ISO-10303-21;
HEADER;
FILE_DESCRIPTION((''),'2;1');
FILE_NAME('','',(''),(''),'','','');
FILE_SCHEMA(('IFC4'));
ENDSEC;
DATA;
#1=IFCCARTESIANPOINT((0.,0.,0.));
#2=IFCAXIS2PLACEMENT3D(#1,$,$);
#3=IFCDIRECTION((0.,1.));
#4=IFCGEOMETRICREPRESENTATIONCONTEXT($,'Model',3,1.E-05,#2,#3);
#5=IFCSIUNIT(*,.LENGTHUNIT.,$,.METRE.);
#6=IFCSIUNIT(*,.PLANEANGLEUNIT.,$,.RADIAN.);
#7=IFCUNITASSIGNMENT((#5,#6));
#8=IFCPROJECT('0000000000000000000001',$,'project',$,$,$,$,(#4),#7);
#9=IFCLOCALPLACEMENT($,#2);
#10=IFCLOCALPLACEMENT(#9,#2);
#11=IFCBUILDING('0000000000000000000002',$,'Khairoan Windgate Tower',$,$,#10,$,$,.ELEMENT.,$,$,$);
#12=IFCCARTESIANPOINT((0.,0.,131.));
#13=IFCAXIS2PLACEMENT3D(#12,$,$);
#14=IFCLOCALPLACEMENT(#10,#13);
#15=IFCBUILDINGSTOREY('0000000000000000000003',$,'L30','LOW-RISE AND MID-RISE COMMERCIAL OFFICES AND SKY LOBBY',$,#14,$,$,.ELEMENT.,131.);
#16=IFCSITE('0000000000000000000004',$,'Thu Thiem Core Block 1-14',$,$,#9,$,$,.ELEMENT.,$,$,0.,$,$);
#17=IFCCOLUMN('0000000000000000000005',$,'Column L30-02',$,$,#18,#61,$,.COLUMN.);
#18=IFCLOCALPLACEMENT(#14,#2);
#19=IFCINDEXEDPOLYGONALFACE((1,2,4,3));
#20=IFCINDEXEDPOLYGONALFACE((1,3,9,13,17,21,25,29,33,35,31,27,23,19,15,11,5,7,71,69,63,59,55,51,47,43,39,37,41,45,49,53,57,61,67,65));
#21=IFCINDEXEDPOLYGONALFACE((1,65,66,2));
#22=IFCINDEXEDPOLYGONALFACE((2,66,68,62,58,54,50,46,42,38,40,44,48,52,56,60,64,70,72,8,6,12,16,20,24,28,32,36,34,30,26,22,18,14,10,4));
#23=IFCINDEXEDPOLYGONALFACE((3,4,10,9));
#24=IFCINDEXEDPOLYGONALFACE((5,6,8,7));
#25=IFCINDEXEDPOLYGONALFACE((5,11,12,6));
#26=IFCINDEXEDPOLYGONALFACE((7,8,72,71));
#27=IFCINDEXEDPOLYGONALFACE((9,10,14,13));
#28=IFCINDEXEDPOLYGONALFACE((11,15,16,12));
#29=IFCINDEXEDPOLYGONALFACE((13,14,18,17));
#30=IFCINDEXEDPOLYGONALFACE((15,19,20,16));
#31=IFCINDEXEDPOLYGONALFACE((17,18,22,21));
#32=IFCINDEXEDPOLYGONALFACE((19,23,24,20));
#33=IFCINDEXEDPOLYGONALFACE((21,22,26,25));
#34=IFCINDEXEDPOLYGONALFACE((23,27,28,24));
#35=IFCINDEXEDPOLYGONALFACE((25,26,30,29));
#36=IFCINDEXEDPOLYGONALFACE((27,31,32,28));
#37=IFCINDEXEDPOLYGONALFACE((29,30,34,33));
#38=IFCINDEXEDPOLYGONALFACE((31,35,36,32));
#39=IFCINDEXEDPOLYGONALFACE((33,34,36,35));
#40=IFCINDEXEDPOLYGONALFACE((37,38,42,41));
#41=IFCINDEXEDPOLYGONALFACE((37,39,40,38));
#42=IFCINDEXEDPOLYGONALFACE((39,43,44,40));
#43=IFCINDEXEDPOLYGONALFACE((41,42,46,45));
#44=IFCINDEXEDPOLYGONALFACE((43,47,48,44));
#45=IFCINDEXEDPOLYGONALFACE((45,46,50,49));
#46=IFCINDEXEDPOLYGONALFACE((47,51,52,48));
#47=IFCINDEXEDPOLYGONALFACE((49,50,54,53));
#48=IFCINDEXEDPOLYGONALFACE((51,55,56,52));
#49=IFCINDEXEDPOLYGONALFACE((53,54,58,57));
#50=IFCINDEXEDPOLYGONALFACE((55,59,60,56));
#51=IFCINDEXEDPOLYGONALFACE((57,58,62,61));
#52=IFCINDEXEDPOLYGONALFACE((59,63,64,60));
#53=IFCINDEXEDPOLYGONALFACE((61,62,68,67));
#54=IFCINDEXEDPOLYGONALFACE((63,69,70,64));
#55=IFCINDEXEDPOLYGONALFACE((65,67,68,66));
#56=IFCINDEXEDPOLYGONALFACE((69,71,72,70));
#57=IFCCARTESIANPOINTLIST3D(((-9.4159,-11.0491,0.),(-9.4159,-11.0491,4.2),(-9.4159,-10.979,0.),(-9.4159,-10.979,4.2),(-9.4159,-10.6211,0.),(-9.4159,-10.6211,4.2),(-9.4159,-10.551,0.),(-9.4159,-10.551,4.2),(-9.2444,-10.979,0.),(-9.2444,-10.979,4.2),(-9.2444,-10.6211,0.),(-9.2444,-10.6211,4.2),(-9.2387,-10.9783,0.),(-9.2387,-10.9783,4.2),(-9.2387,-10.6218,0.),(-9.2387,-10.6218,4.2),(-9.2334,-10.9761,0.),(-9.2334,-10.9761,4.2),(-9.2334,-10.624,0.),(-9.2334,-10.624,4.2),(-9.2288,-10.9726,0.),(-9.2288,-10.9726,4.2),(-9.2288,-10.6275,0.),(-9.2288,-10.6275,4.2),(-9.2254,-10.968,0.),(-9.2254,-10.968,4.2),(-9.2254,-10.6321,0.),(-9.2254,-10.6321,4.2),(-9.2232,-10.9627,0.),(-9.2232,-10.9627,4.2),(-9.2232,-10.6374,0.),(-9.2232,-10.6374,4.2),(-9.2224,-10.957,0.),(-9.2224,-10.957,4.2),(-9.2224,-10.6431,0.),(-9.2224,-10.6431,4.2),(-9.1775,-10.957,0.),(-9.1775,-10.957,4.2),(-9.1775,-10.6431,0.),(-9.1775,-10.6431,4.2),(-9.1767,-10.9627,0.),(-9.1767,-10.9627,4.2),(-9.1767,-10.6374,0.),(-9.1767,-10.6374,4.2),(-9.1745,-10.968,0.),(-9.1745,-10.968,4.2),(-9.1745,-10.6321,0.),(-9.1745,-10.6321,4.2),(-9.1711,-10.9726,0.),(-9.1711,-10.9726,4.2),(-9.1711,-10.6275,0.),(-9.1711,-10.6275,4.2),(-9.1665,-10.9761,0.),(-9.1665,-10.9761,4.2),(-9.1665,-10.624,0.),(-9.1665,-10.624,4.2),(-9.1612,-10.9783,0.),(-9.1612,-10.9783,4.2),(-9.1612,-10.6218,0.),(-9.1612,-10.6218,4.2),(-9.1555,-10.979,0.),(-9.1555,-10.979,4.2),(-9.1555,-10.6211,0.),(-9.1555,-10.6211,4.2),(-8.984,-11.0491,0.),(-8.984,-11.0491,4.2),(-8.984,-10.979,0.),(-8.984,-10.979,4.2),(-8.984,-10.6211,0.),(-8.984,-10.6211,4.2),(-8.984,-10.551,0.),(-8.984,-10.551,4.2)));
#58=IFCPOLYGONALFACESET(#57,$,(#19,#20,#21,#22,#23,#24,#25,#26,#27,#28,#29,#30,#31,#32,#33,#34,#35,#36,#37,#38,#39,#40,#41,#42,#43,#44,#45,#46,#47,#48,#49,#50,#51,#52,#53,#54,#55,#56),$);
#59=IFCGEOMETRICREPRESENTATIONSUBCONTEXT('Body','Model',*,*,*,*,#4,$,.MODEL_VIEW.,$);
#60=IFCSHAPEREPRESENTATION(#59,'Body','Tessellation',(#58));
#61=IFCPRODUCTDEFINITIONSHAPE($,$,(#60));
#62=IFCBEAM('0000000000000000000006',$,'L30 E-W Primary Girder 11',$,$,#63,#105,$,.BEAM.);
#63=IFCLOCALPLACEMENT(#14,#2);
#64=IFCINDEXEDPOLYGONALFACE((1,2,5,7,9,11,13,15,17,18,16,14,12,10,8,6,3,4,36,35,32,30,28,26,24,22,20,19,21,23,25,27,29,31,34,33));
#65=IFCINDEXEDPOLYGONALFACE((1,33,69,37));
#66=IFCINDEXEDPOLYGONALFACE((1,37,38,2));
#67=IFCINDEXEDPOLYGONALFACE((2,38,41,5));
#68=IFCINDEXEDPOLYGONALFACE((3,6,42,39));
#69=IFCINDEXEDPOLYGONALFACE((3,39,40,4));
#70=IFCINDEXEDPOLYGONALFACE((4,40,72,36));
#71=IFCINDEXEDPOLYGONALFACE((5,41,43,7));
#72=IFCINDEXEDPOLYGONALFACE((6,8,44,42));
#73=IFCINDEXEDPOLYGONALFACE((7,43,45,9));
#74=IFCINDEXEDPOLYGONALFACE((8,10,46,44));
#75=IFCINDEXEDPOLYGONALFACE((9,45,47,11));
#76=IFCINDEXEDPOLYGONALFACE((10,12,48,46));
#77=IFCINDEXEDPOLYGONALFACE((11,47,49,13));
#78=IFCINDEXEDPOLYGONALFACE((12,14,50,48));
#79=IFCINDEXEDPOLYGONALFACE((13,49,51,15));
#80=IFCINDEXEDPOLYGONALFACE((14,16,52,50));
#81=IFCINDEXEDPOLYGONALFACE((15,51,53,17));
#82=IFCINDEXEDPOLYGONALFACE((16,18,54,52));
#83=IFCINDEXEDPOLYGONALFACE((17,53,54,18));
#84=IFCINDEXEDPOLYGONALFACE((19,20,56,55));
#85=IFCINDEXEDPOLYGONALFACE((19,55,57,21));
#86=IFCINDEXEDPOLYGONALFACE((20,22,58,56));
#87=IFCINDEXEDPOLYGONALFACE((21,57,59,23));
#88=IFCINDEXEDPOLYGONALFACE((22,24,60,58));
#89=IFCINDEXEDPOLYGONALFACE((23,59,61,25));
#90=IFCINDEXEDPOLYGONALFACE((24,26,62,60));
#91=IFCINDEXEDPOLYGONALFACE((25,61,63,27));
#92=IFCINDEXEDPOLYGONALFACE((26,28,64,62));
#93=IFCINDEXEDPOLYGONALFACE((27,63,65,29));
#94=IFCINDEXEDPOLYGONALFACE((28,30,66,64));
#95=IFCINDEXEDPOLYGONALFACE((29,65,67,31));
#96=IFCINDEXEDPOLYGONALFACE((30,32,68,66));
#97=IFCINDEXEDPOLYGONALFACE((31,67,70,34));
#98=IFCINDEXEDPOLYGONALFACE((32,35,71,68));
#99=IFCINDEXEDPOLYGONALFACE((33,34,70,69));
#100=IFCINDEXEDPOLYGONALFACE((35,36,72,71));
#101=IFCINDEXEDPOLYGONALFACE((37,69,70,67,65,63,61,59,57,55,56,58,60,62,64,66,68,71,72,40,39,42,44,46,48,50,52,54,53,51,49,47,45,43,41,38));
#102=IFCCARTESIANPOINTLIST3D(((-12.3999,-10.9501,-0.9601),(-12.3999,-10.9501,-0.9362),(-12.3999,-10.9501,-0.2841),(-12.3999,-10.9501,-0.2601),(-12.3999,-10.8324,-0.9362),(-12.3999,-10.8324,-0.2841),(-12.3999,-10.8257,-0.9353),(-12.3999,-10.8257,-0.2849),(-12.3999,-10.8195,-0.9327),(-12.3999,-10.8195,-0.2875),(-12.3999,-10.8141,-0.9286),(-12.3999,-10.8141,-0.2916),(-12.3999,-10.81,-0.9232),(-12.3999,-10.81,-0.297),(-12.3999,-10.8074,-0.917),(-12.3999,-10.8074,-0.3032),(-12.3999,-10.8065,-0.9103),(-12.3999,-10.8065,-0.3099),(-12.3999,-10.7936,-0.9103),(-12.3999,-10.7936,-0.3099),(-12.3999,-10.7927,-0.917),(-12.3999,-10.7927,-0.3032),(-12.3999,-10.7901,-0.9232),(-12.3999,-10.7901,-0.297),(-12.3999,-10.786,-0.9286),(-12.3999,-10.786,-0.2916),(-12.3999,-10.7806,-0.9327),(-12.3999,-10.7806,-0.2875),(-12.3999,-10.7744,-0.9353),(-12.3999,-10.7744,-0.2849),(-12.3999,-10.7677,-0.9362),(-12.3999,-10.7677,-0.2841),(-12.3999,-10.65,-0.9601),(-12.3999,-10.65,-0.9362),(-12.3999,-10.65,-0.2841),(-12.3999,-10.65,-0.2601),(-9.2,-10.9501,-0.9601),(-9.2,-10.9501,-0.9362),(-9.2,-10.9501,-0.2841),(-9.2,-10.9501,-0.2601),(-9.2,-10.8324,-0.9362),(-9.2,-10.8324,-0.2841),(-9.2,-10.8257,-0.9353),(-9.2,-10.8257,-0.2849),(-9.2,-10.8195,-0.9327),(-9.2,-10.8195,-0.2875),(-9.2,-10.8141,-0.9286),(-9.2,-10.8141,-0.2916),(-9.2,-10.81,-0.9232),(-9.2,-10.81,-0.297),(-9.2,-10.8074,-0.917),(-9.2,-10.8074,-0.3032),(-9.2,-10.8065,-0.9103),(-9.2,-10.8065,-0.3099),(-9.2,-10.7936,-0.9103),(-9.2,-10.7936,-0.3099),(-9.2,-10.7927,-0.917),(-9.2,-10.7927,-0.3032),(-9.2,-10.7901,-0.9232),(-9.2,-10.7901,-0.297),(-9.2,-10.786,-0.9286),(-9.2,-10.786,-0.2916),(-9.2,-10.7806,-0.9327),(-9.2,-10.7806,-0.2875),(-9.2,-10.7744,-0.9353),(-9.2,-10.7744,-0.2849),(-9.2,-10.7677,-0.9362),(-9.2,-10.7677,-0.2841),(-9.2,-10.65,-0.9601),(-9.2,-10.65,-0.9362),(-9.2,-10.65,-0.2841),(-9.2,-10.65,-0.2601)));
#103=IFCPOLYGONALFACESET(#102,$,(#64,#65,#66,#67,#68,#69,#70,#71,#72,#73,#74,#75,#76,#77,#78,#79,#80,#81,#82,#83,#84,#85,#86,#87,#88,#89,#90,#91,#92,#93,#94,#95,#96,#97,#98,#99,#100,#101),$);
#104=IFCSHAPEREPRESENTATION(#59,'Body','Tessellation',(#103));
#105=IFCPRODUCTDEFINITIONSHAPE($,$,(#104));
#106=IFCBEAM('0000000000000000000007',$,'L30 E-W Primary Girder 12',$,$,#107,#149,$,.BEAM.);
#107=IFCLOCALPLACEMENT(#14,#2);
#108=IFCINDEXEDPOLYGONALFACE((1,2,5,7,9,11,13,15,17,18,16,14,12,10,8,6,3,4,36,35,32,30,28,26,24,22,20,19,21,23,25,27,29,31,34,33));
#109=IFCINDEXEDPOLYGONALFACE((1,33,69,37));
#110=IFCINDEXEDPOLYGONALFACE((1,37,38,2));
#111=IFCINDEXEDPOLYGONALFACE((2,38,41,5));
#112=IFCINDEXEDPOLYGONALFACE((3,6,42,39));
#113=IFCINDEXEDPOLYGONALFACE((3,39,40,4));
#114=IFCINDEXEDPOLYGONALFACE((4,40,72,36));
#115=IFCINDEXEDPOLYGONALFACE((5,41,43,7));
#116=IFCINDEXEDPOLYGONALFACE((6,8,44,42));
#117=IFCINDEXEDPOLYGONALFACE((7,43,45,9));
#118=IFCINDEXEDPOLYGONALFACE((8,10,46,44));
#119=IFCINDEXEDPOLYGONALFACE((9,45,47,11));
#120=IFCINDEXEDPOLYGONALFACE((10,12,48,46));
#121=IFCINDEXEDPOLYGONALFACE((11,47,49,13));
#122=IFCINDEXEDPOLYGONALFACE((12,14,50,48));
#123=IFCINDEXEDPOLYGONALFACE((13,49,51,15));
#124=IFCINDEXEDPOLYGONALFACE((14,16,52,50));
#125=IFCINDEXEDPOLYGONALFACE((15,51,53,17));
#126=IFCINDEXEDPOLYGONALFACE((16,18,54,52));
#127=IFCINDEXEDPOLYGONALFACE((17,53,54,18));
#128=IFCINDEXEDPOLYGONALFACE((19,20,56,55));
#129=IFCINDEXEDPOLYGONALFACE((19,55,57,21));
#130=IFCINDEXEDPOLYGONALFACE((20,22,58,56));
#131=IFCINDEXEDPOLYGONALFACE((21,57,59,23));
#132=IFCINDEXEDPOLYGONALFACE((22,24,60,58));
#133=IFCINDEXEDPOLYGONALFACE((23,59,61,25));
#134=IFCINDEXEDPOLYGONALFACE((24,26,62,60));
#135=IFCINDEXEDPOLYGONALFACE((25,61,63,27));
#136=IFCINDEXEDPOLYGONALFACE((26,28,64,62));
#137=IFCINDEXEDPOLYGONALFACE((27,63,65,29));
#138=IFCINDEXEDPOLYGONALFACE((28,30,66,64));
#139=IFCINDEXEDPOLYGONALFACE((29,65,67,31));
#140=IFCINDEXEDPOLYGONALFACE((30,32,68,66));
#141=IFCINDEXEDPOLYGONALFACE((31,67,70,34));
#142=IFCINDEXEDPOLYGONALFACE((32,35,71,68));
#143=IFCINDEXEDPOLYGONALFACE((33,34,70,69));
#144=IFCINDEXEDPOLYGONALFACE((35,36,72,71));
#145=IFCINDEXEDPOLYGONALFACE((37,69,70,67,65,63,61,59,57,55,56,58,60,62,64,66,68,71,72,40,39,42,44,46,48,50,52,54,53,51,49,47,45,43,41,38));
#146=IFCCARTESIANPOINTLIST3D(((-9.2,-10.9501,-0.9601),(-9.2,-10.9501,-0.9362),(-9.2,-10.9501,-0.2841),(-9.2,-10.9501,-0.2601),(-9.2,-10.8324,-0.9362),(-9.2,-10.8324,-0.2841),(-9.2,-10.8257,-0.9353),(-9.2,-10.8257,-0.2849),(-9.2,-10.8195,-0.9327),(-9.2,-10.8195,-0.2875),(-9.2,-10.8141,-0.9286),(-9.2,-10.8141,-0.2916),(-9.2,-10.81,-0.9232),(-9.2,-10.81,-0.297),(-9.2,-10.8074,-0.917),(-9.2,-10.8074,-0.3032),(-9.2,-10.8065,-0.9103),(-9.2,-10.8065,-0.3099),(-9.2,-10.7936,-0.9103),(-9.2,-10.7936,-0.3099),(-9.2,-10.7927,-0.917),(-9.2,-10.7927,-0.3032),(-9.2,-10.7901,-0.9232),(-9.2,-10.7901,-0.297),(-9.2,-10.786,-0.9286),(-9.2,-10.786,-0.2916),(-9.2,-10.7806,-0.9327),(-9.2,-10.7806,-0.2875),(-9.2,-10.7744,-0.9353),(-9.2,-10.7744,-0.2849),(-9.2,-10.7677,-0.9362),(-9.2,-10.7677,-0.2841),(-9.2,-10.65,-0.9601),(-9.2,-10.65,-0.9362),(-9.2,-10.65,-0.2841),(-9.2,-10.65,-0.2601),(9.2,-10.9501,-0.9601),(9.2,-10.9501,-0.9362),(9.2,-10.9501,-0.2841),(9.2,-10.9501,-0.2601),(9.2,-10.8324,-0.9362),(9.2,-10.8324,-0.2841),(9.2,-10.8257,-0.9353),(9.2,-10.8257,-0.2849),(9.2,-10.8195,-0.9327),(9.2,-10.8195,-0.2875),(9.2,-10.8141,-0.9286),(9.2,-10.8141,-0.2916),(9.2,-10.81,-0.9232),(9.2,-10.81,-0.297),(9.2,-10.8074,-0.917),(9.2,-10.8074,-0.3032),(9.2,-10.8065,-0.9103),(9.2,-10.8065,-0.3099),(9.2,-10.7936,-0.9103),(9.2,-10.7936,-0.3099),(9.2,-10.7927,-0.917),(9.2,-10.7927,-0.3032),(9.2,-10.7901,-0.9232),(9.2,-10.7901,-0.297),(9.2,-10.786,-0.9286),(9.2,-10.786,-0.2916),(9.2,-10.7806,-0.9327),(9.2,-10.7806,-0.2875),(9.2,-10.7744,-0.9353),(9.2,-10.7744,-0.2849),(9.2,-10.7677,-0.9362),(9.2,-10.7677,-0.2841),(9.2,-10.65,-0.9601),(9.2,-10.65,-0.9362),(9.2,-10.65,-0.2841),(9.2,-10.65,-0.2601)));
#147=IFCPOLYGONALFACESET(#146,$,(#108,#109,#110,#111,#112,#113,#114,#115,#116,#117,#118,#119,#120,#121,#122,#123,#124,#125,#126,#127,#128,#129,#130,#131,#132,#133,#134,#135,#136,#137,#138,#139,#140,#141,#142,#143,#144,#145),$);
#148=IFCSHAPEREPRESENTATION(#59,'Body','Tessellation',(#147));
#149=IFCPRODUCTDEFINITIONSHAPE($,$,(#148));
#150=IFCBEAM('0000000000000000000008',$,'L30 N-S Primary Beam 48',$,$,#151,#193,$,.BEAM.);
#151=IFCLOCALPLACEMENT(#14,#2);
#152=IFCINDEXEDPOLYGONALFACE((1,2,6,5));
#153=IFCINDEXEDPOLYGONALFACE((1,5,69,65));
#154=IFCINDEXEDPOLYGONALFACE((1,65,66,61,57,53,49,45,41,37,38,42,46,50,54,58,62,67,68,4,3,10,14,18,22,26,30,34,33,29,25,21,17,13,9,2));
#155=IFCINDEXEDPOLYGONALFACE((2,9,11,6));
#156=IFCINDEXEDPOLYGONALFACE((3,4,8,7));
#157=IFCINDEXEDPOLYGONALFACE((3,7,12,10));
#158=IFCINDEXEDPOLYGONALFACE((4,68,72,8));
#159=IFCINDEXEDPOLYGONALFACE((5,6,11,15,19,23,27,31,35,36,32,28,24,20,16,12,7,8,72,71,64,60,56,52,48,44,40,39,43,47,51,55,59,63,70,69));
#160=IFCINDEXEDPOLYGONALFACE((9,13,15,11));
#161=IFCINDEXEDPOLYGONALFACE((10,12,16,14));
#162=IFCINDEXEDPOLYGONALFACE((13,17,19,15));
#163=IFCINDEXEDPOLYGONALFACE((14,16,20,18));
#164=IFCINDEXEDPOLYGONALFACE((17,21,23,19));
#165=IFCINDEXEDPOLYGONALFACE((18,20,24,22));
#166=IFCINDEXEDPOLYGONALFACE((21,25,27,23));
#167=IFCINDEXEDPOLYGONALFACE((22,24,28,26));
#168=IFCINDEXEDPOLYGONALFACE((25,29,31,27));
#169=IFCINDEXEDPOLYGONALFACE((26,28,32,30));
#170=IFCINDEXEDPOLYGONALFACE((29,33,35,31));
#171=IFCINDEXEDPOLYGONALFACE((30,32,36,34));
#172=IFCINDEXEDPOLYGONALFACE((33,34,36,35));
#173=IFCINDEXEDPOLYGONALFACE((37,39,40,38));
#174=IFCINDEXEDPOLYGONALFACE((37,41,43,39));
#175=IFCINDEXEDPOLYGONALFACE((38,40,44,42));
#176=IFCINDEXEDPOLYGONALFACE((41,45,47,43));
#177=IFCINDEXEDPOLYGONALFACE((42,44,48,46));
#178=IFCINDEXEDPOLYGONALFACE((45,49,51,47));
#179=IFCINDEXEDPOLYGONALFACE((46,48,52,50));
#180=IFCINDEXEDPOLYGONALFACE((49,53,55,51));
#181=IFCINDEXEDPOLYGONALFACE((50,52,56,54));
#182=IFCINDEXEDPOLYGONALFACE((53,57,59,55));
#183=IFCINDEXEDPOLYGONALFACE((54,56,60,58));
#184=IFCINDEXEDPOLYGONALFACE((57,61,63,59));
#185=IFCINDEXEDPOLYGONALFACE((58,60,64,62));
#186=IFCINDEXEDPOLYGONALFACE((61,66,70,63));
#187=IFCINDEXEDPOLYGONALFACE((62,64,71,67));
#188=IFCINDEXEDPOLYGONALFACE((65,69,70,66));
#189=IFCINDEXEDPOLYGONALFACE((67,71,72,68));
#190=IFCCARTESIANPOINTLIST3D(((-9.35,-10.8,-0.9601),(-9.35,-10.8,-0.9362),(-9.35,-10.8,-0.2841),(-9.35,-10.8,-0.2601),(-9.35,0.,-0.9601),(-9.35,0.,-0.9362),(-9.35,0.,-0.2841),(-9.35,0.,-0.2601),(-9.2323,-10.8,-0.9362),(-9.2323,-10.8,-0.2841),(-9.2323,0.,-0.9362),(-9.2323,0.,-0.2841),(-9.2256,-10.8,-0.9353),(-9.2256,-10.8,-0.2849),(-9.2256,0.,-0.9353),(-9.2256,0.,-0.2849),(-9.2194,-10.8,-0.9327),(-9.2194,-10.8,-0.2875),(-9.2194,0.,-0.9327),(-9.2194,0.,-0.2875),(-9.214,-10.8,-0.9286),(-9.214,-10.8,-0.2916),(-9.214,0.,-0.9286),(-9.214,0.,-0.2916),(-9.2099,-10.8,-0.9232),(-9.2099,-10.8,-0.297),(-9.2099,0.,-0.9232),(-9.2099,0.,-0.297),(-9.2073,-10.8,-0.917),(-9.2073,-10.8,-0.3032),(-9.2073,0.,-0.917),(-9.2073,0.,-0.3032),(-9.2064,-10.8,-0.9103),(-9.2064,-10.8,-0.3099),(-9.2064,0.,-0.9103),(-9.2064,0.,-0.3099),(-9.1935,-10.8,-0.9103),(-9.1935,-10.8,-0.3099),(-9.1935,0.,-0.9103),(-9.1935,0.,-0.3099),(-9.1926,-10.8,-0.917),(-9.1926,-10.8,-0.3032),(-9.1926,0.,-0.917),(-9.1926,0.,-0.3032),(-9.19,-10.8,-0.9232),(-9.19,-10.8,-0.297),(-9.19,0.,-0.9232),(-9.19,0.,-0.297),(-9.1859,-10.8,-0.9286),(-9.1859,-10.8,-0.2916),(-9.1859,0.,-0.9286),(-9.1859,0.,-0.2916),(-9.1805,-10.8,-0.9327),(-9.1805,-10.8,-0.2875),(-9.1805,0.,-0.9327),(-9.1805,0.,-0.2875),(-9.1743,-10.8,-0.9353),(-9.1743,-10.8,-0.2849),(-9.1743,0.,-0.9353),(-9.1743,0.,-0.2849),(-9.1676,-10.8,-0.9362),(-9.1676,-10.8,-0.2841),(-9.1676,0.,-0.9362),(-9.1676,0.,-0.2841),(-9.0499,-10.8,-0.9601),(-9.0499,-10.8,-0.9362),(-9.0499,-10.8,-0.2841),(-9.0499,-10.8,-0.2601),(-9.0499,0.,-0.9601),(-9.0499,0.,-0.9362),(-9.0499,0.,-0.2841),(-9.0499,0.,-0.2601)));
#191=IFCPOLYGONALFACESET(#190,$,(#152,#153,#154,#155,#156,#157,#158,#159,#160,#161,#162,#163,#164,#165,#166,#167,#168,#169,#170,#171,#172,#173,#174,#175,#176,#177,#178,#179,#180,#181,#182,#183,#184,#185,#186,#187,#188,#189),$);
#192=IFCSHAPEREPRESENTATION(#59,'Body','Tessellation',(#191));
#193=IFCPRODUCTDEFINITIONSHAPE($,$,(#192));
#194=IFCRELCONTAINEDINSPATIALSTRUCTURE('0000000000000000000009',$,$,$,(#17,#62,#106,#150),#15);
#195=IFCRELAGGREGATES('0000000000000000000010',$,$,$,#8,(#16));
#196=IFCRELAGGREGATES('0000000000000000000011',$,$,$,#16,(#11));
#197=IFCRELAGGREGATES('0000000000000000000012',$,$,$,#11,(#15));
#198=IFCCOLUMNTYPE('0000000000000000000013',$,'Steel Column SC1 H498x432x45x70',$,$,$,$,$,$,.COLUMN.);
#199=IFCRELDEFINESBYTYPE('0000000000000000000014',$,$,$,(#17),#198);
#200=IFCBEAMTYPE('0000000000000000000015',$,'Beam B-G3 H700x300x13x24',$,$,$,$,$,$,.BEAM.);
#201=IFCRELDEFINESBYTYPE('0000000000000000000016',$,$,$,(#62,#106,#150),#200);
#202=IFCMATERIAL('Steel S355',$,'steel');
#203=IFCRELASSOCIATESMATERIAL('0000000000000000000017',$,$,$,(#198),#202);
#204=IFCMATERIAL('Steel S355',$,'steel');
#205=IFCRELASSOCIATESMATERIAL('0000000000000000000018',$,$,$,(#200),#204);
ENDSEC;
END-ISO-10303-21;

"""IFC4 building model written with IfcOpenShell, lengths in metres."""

from ifc_helpers import new_model, si_unit, direction, frame, origin, origin_2d, place, context, subcontext, project, spatial, i_section, extrude, material, material_profile, profile_set, type_object, element, save


model = new_model("IFC4")

# Units and contexts
model_context = context("Model", 3, precision=1e-05, world=origin(), true_north=direction((0.0, 1.0)))
body_context = subcontext(model_context, "Body", "Model", "MODEL_VIEW")
ifc_project = project(units=[si_unit("LENGTHUNIT", "METRE"), si_unit("PLANEANGLEUNIT", "RADIAN")], contexts=[model_context])

# Site, building, storey
site_placement = place(None, origin())
site = spatial("IfcSite", under=ifc_project, at=site_placement, Name="Thu Thiem Core Block 1-14", CompositionType="ELEMENT", RefElevation=0.0)
building_placement = place(site_placement, origin())
building = spatial("IfcBuilding", under=site, at=building_placement, Name="Khairoan Windgate Tower", CompositionType="ELEMENT")
storey_placement = place(building_placement, frame((0.0, 0.0, 131.0)))
storey = spatial("IfcBuildingStorey", under=building, at=storey_placement, Name="L30", Description="LOW-RISE AND MID-RISE COMMERCIAL OFFICES AND SKY LOBBY", CompositionType="ELEMENT", Elevation=131.0)

# Column
ifc_material_1 = material(Name="Steel S355", Category="steel")
ifc_material_profile_1 = material_profile(ifc_material_1, i_section(OverallWidth=0.4319, OverallDepth=0.498, WebThickness=0.0449, FlangeThickness=0.0701, FilletRadius=0.022, at=origin_2d()))
ifc_profile_set_1 = profile_set([ifc_material_profile_1], Name="Steel S355")
column_type = type_object("IfcColumnType", Name="Steel Column SC1 H498x432x45x70", PredefinedType="COLUMN", material=ifc_profile_set_1)
column_placement = place(storey_placement, frame((-9.2, -10.8, 0.0), z_axis=(0.0, 0.0, 1.0), x_axis=(1.0, 0.0, 0.0)))
element("IfcColumn", 1, at=column_placement, inside=storey, type_object=column_type, Name="Column L30-02", PredefinedType="COLUMN", context=body_context, shape_type="SweptSolid", body=[
    extrude(i_section(OverallWidth=0.4319, OverallDepth=0.498, WebThickness=0.0449, FlangeThickness=0.0701, FilletRadius=0.022, at=origin_2d()), origin(), (0.0, 0.0, 1.0), 4.2),
])

# Beams
ifc_material_2 = material(Name="Steel S355", Category="steel")
ifc_material_profile_2 = material_profile(ifc_material_2, i_section(OverallWidth=0.3, OverallDepth=0.7, WebThickness=0.0129, FlangeThickness=0.0239, FilletRadius=0.0259, at=origin_2d()))
ifc_profile_set_2 = profile_set([ifc_material_profile_2], Name="Steel S355")
beam_type_1 = type_object("IfcBeamType", Name="Beam B-G3 H700x300x13x24", PredefinedType="BEAM", material=ifc_profile_set_2)
beam_1_placement = place(storey_placement, frame((-12.3999, -10.8, -0.6101), z_axis=(1.0, 0.0, 0.0), x_axis=(0.0, 1.0, 0.0)))
element("IfcBeam", 2, at=beam_1_placement, inside=storey, type_object=beam_type_1, Name="L30 E-W Primary Girder 11", PredefinedType="BEAM", context=body_context, shape_type="SweptSolid", body=[
    extrude(i_section(OverallWidth=0.3, OverallDepth=0.7, WebThickness=0.0129, FlangeThickness=0.0239, FilletRadius=0.0259, at=origin_2d()), origin(), (0.0, 0.0, 1.0), 3.2),
])
beam_2_placement = place(storey_placement, frame((-9.2, -10.8, -0.6101), z_axis=(1.0, 0.0, 0.0), x_axis=(0.0, 1.0, 0.0)))
element("IfcBeam", 3, at=beam_2_placement, inside=storey, type_object=beam_type_1, Name="L30 E-W Primary Girder 12", PredefinedType="BEAM", context=body_context, shape_type="SweptSolid", body=[
    extrude(i_section(OverallWidth=0.3, OverallDepth=0.7, WebThickness=0.0129, FlangeThickness=0.0239, FilletRadius=0.0259, at=origin_2d()), origin(), (0.0, 0.0, 1.0), 18.3999),
])
beam_3_placement = place(storey_placement, frame((-9.2, -10.8, -0.6101), z_axis=(0.0, 1.0, 0.0), x_axis=(-1.0, 0.0, 0.0)))
element("IfcBeam", 4, at=beam_3_placement, inside=storey, type_object=beam_type_1, Name="L30 N-S Primary Beam 48", PredefinedType="BEAM", context=body_context, shape_type="SweptSolid", body=[
    extrude(i_section(OverallWidth=0.3, OverallDepth=0.7, WebThickness=0.0129, FlangeThickness=0.0239, FilletRadius=0.0259, at=origin_2d()), origin(), (0.0, 0.0, 1.0), 10.8),
])

save(model, "model.ifc")
